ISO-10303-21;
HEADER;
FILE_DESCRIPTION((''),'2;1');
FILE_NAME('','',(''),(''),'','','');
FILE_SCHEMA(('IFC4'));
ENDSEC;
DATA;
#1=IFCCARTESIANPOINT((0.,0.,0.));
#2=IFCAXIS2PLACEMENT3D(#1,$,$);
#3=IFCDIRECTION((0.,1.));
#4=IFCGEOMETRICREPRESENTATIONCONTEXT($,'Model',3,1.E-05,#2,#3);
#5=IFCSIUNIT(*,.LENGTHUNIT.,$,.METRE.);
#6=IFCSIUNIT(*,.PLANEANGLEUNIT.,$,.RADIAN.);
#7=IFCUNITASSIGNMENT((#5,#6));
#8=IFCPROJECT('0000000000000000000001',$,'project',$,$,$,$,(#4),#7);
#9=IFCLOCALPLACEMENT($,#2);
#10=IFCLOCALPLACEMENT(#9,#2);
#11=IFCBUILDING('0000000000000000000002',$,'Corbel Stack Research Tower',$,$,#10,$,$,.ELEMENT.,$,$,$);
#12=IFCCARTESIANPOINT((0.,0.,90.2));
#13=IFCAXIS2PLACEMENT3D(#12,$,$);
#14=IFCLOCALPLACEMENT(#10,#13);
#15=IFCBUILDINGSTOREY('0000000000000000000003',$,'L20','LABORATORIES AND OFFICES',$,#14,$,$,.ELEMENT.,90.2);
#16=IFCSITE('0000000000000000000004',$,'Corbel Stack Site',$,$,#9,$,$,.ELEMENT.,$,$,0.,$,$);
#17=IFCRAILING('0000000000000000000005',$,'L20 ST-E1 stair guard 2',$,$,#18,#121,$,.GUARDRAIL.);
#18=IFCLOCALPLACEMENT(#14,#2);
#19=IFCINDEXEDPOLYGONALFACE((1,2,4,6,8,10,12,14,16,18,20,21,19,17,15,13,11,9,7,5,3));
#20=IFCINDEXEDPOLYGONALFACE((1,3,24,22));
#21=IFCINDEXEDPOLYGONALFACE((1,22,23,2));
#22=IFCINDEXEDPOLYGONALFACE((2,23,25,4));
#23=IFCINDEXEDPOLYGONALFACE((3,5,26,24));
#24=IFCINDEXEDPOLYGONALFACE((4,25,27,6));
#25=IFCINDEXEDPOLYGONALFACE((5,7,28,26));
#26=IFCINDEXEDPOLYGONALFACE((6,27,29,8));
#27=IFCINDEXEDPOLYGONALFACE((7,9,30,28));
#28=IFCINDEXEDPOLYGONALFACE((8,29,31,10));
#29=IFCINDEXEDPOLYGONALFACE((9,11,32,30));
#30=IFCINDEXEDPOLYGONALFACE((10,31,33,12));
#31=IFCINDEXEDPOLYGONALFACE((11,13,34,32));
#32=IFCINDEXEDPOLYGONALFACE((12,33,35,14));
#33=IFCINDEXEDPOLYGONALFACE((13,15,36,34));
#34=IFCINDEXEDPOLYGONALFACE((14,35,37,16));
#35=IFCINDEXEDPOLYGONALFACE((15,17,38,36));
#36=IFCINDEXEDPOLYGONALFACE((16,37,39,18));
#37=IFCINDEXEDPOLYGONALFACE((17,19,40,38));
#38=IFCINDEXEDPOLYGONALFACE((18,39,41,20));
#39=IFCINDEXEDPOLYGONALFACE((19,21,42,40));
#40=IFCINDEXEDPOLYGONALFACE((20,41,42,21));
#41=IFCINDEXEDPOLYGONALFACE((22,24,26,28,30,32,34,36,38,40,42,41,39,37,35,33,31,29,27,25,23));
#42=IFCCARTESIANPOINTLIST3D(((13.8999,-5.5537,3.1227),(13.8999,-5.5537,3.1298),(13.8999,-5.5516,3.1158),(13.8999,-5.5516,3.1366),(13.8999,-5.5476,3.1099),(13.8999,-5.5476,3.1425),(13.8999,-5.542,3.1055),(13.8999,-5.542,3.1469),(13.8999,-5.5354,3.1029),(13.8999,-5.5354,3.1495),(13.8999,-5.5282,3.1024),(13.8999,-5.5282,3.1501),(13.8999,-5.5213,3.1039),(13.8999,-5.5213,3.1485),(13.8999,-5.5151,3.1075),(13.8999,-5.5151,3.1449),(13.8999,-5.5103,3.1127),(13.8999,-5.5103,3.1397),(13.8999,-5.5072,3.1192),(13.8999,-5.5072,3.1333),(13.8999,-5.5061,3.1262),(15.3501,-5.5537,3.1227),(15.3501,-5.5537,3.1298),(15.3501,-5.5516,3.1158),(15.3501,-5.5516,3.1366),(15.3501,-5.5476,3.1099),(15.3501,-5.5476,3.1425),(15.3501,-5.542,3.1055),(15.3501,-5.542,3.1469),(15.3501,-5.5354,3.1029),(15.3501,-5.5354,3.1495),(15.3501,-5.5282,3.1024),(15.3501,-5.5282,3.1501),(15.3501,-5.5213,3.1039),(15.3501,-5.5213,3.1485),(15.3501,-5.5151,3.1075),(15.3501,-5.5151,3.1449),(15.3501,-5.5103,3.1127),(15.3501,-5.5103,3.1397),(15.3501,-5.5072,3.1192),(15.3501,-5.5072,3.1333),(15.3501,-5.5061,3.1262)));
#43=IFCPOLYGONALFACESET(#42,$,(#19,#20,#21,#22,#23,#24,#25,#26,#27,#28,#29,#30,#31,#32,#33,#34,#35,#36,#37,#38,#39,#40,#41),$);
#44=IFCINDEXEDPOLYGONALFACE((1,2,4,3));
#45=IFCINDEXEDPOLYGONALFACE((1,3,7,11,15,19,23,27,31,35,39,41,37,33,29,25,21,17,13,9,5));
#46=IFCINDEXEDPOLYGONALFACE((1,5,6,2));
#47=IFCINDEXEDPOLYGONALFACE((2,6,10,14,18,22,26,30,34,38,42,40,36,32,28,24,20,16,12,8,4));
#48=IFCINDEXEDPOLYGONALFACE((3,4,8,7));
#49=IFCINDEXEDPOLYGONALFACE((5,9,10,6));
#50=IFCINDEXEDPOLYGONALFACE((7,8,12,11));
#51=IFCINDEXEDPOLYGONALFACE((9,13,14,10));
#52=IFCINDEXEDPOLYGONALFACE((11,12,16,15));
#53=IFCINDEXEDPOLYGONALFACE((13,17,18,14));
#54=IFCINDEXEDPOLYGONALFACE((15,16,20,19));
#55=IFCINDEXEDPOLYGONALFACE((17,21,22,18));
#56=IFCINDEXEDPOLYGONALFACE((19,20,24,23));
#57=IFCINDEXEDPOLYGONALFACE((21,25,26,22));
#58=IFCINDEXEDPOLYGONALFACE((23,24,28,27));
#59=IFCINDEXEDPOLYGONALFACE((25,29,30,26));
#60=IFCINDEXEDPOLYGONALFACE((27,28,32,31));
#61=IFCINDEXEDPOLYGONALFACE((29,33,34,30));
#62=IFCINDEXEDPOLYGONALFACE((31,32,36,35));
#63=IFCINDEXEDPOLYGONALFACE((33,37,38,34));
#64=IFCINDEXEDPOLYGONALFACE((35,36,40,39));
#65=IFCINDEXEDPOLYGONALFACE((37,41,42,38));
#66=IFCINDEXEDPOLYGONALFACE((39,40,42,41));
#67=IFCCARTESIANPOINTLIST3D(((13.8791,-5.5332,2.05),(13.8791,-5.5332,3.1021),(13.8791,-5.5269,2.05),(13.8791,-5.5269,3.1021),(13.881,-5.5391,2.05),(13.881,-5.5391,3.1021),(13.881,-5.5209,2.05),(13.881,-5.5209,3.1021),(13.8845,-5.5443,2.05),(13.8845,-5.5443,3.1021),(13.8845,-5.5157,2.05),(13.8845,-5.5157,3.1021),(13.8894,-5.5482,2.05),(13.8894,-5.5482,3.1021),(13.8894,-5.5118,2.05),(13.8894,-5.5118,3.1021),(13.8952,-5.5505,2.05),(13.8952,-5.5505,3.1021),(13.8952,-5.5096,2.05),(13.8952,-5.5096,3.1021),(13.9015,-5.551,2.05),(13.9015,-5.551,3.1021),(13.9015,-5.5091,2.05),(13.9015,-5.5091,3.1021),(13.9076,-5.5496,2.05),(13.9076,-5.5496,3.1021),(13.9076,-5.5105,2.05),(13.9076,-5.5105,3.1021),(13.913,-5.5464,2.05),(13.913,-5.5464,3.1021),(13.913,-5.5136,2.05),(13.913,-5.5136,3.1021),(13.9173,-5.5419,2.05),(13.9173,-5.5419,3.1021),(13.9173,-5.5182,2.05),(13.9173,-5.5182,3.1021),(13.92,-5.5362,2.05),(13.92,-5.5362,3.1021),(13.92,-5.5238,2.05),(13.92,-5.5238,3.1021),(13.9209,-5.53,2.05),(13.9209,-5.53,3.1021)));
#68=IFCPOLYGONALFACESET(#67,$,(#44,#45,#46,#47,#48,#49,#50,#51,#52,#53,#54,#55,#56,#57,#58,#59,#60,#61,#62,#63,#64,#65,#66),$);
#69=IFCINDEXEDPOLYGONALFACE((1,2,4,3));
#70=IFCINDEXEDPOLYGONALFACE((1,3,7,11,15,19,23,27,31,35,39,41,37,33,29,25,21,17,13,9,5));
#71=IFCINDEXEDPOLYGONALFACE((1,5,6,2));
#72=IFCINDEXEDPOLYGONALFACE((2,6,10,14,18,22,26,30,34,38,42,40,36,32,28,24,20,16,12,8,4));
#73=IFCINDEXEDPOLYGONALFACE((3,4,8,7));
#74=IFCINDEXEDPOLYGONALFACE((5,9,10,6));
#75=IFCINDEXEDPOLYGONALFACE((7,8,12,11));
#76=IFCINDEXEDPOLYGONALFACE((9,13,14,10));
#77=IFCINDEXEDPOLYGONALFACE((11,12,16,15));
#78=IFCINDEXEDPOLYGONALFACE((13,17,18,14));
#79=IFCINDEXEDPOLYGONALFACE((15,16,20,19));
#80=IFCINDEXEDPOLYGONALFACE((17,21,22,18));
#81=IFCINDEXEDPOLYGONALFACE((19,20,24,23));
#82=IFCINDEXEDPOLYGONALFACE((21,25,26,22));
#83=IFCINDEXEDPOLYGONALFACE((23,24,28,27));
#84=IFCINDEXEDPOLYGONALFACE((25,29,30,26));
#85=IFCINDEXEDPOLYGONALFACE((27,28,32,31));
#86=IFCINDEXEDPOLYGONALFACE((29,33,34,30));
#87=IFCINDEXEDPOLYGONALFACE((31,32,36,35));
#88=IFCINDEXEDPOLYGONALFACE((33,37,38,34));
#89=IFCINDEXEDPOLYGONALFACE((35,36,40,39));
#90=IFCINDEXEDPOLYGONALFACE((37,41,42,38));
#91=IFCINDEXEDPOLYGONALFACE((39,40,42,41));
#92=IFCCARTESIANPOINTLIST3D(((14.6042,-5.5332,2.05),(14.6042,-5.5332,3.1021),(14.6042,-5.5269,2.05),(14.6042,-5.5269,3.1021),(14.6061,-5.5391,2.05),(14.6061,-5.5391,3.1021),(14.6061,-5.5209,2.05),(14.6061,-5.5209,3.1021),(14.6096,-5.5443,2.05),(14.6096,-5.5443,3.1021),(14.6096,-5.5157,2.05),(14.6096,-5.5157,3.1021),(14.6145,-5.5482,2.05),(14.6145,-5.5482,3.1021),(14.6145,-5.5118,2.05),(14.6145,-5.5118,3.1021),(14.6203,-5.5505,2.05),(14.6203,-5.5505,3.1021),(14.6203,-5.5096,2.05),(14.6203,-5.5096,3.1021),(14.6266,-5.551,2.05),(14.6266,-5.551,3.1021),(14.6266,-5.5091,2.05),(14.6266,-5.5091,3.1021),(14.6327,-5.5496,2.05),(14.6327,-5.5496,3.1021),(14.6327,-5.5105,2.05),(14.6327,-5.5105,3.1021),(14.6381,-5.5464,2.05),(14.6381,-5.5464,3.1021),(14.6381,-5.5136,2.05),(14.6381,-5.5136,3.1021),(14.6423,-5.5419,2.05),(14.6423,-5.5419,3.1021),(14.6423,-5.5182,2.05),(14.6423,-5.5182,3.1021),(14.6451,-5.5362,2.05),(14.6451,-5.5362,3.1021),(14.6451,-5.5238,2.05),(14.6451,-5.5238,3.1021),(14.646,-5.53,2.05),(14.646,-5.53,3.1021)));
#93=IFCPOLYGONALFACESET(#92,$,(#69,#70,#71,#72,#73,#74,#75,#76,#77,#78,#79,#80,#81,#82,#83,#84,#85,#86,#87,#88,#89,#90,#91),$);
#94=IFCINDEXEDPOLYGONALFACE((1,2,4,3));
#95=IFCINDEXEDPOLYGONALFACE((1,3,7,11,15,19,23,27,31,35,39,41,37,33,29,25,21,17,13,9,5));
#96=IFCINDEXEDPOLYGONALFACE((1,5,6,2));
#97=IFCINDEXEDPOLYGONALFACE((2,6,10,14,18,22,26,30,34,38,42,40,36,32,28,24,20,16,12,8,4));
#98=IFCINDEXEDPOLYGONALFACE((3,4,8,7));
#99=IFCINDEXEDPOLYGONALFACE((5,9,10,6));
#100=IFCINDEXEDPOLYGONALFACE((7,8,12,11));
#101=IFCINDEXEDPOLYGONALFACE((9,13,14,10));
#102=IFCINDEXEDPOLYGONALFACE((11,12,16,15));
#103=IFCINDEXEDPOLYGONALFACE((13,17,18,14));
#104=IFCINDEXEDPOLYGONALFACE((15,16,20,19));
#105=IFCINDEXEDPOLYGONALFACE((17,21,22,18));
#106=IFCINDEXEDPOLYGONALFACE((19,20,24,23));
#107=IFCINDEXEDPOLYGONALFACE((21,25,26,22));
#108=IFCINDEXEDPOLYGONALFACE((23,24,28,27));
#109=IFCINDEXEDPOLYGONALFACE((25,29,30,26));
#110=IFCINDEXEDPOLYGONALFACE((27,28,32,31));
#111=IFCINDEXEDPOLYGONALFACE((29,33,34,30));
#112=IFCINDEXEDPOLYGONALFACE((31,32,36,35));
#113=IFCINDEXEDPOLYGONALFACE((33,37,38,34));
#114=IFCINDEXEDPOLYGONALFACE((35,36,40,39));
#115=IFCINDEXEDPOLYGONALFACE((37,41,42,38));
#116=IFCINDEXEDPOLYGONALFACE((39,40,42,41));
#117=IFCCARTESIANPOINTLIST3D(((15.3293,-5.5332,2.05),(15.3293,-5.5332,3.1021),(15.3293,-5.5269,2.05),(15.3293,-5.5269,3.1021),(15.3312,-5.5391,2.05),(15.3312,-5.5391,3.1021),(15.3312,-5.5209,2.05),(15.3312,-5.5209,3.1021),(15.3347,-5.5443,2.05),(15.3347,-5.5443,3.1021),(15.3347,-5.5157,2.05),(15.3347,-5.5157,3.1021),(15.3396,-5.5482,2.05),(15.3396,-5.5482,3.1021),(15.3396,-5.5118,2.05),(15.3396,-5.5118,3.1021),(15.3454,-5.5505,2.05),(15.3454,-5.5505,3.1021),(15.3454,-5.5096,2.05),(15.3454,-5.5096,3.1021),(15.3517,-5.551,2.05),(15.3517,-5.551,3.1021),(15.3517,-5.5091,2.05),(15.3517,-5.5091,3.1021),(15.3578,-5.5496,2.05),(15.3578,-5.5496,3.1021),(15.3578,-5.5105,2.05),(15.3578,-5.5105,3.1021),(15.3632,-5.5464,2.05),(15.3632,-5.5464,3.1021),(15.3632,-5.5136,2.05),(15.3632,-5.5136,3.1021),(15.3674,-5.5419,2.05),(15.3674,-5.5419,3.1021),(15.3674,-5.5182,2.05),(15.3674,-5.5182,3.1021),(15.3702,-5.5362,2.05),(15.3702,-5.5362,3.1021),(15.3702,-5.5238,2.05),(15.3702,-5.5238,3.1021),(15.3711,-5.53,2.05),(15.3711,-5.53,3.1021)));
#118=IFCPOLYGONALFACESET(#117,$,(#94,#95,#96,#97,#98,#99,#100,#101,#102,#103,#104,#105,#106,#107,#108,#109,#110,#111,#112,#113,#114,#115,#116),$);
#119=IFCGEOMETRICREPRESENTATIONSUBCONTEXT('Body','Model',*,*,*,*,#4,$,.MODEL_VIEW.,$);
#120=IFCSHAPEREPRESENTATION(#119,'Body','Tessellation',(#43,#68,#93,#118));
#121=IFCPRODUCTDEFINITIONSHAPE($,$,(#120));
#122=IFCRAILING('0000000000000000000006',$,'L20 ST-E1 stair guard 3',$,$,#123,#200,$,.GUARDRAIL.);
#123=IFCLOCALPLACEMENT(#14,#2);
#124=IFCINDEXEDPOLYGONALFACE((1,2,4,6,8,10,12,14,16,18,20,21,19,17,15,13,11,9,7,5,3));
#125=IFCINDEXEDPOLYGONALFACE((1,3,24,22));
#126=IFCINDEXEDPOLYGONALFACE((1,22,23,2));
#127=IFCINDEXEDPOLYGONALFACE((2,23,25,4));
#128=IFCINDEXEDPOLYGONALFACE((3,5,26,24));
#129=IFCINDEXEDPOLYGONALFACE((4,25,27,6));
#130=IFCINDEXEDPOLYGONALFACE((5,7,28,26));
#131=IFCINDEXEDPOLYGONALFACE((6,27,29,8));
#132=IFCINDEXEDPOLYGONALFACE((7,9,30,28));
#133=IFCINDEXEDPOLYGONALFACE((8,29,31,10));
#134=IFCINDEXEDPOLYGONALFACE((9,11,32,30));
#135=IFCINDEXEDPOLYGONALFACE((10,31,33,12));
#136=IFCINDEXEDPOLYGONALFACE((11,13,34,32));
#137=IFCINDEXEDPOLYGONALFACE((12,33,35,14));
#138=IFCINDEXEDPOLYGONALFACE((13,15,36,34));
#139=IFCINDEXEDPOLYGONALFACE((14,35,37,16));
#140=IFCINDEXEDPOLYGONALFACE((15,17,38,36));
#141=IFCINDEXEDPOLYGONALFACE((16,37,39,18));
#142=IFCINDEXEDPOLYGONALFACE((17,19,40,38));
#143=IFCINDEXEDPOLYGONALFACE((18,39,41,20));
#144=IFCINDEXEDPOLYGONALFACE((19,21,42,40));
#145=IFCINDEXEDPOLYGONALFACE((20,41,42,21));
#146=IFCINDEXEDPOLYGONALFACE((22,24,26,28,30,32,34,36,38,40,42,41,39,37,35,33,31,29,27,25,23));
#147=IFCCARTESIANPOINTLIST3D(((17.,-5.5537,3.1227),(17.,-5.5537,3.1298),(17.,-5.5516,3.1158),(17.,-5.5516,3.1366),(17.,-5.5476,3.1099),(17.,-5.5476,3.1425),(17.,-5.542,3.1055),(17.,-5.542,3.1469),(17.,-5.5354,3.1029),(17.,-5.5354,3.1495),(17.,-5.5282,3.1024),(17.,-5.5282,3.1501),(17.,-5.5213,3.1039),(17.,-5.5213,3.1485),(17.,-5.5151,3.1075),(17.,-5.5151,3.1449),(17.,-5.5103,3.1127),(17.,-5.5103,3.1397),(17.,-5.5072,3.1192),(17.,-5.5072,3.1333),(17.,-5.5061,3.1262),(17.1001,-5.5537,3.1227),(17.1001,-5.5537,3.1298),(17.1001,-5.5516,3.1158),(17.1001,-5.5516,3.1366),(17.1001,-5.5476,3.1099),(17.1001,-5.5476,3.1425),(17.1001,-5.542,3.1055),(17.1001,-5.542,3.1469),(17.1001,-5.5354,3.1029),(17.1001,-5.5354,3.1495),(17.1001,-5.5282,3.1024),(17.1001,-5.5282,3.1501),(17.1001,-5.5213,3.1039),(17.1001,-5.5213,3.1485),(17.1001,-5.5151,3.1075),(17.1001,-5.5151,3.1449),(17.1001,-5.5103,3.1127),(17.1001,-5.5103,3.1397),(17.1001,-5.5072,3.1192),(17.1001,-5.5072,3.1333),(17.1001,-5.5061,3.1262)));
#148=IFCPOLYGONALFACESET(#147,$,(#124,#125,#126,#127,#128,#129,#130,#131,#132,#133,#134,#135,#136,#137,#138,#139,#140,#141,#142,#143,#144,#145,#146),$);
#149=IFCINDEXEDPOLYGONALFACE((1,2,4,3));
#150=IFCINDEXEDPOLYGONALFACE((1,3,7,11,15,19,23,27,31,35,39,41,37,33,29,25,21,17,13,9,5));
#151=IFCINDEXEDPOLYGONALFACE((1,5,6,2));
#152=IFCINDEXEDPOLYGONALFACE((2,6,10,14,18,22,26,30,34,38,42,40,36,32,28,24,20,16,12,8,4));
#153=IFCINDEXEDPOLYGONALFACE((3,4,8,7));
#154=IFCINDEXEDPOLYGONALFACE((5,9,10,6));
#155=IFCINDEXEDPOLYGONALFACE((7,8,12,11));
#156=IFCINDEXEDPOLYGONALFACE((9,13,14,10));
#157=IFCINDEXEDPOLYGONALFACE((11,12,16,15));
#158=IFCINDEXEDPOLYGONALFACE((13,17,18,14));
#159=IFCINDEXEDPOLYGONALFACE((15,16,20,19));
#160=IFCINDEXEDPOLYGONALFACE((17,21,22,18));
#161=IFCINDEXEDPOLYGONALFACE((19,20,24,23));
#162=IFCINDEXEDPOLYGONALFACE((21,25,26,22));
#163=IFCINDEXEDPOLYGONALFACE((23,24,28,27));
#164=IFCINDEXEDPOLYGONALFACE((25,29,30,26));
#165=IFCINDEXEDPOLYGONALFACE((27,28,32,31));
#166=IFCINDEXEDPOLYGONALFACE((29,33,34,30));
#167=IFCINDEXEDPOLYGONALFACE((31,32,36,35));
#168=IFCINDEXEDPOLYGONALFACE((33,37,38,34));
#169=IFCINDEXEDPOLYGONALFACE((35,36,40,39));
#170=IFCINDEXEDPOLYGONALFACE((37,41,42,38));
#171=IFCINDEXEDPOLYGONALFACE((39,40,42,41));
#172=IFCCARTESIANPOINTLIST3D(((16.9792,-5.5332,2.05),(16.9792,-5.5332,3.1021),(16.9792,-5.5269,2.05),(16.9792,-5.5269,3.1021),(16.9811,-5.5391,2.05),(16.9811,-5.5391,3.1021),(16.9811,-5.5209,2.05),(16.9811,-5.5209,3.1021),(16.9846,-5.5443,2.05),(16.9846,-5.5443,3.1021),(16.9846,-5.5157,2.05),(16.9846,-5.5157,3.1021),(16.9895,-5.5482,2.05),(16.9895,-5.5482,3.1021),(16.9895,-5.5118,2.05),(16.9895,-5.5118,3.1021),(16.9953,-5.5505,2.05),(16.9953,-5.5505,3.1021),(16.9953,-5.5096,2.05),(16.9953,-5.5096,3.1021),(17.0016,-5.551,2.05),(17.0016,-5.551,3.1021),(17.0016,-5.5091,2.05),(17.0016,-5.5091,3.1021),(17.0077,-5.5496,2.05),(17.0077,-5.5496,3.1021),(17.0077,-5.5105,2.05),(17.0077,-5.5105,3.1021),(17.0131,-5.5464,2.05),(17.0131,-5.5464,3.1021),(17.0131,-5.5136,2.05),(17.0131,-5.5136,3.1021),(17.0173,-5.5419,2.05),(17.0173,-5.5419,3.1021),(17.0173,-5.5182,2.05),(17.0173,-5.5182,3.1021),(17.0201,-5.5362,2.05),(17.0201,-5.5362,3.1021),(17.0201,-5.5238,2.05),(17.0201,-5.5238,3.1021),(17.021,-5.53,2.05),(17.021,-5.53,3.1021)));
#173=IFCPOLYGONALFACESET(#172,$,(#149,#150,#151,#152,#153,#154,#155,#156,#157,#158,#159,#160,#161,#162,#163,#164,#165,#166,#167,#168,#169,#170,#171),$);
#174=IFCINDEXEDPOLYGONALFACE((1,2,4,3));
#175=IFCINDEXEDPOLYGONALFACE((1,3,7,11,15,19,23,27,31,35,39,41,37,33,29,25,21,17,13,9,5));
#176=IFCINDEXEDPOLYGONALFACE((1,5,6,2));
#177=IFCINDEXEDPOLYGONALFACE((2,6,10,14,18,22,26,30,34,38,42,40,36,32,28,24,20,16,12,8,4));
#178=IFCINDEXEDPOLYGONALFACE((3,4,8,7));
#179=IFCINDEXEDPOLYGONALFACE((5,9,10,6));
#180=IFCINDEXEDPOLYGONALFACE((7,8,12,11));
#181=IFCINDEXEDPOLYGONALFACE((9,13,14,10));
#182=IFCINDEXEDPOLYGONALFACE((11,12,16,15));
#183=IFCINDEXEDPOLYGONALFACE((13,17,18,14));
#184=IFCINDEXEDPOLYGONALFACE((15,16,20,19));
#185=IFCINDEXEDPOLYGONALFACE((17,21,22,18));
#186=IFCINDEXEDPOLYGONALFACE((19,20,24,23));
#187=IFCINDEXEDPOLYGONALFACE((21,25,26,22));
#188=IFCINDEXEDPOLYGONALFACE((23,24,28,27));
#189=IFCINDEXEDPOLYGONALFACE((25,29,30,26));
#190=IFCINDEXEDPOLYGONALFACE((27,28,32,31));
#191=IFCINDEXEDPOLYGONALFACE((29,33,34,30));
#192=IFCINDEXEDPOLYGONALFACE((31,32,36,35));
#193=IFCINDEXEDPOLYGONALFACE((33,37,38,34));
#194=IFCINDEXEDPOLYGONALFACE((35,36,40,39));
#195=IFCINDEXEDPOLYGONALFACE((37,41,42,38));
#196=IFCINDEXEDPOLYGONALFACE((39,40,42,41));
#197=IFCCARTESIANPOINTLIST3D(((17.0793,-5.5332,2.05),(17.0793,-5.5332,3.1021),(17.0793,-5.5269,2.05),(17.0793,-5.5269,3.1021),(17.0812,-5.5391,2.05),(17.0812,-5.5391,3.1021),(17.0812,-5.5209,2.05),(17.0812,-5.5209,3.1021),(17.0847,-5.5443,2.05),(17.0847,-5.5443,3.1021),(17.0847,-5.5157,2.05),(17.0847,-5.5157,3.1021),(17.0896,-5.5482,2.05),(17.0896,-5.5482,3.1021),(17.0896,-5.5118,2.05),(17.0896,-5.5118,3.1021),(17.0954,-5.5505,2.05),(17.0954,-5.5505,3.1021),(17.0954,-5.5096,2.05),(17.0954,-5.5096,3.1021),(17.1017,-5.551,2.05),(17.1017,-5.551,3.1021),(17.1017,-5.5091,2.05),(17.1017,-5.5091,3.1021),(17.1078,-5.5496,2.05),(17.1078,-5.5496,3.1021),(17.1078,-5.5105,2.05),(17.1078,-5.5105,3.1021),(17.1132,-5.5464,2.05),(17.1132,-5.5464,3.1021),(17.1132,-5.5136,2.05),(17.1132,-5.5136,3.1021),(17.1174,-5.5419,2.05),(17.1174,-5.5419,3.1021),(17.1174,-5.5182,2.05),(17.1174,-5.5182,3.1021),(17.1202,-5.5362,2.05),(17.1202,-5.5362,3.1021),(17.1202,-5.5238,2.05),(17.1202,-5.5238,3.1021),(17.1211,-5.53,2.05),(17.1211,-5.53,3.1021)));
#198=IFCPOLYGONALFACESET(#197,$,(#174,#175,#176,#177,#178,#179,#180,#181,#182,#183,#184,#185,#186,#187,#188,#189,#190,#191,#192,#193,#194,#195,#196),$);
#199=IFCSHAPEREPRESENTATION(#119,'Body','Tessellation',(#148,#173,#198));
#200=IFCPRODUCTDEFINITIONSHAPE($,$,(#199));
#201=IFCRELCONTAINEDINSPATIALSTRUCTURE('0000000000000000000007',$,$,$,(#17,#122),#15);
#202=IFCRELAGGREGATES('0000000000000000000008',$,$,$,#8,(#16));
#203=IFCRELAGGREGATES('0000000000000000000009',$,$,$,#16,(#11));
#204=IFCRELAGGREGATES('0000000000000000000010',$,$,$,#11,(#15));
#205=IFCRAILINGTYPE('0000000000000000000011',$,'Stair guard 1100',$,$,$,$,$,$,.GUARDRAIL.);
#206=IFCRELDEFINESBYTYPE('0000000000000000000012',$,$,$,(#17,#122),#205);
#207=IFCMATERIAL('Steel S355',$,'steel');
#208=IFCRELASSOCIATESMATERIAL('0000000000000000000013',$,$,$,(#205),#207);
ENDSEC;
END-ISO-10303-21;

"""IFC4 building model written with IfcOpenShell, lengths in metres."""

from ifc_helpers import new_model, si_unit, direction, frame, origin, origin_2d, place, context, subcontext, project, spatial, circle, extrude, material, type_object, element, save


model = new_model("IFC4")

# Units and contexts
model_context = context("Model", 3, precision=1e-05, world=origin(), true_north=direction((0.0, 1.0)))
body_context = subcontext(model_context, "Body", "Model", "MODEL_VIEW")
ifc_project = project(units=[si_unit("LENGTHUNIT", "METRE"), si_unit("PLANEANGLEUNIT", "RADIAN")], contexts=[model_context])

# Site, building, storey
site_placement = place(None, origin())
site = spatial("IfcSite", under=ifc_project, at=site_placement, Name="Corbel Stack Site", CompositionType="ELEMENT", RefElevation=0.0)
building_placement = place(site_placement, origin())
building = spatial("IfcBuilding", under=site, at=building_placement, Name="Corbel Stack Research Tower", CompositionType="ELEMENT")
storey_placement = place(building_placement, frame((0.0, 0.0, 90.2)))
storey = spatial("IfcBuildingStorey", under=building, at=storey_placement, Name="L20", Description="LABORATORIES AND OFFICES", CompositionType="ELEMENT", Elevation=90.2)

# Railings
ifc_material_1 = material(Name="Steel S355", Category="steel")
railing_type_1 = type_object("IfcRailingType", Name="Stair guard 1100", PredefinedType="GUARDRAIL", material=ifc_material_1)
railing_1_placement = place(storey_placement, frame((13.8999, -5.53, 2.05)))
element("IfcRailing", 1, at=railing_1_placement, inside=storey, type_object=railing_type_1, Name="L20 ST-E1 stair guard 2", PredefinedType="GUARDRAIL", context=body_context, shape_type="SweptSolid", body=[
    extrude(circle(Radius=0.0239, at=origin_2d()), frame((0.0, 0.0, 1.0762), z_axis=(1.0, 0.0, 0.0), x_axis=(0.0, 1.0, 0.0)), (0.0, 0.0, 1.0), 1.4502),
    extrude(circle(Radius=0.021, at=origin_2d()), origin(), (0.0, 0.0, 1.0), 1.052),
    extrude(circle(Radius=0.021, at=origin_2d()), frame((0.7251, 0.0, 0.0)), (0.0, 0.0, 1.0), 1.052),
    extrude(circle(Radius=0.021, at=origin_2d()), frame((1.4502, 0.0, 0.0)), (0.0, 0.0, 1.0), 1.052),
])
railing_2_placement = place(storey_placement, frame((17.0, -5.53, 2.05)))
element("IfcRailing", 2, at=railing_2_placement, inside=storey, type_object=railing_type_1, Name="L20 ST-E1 stair guard 3", PredefinedType="GUARDRAIL", context=body_context, shape_type="SweptSolid", body=[
    extrude(circle(Radius=0.0239, at=origin_2d()), frame((0.0, 0.0, 1.0762), z_axis=(1.0, 0.0, 0.0), x_axis=(0.0, 1.0, 0.0)), (0.0, 0.0, 1.0), 0.1001),
    extrude(circle(Radius=0.021, at=origin_2d()), origin(), (0.0, 0.0, 1.0), 1.052),
    extrude(circle(Radius=0.021, at=origin_2d()), frame((0.1001, 0.0, 0.0)), (0.0, 0.0, 1.0), 1.052),
])

save(model, "model.ifc")
